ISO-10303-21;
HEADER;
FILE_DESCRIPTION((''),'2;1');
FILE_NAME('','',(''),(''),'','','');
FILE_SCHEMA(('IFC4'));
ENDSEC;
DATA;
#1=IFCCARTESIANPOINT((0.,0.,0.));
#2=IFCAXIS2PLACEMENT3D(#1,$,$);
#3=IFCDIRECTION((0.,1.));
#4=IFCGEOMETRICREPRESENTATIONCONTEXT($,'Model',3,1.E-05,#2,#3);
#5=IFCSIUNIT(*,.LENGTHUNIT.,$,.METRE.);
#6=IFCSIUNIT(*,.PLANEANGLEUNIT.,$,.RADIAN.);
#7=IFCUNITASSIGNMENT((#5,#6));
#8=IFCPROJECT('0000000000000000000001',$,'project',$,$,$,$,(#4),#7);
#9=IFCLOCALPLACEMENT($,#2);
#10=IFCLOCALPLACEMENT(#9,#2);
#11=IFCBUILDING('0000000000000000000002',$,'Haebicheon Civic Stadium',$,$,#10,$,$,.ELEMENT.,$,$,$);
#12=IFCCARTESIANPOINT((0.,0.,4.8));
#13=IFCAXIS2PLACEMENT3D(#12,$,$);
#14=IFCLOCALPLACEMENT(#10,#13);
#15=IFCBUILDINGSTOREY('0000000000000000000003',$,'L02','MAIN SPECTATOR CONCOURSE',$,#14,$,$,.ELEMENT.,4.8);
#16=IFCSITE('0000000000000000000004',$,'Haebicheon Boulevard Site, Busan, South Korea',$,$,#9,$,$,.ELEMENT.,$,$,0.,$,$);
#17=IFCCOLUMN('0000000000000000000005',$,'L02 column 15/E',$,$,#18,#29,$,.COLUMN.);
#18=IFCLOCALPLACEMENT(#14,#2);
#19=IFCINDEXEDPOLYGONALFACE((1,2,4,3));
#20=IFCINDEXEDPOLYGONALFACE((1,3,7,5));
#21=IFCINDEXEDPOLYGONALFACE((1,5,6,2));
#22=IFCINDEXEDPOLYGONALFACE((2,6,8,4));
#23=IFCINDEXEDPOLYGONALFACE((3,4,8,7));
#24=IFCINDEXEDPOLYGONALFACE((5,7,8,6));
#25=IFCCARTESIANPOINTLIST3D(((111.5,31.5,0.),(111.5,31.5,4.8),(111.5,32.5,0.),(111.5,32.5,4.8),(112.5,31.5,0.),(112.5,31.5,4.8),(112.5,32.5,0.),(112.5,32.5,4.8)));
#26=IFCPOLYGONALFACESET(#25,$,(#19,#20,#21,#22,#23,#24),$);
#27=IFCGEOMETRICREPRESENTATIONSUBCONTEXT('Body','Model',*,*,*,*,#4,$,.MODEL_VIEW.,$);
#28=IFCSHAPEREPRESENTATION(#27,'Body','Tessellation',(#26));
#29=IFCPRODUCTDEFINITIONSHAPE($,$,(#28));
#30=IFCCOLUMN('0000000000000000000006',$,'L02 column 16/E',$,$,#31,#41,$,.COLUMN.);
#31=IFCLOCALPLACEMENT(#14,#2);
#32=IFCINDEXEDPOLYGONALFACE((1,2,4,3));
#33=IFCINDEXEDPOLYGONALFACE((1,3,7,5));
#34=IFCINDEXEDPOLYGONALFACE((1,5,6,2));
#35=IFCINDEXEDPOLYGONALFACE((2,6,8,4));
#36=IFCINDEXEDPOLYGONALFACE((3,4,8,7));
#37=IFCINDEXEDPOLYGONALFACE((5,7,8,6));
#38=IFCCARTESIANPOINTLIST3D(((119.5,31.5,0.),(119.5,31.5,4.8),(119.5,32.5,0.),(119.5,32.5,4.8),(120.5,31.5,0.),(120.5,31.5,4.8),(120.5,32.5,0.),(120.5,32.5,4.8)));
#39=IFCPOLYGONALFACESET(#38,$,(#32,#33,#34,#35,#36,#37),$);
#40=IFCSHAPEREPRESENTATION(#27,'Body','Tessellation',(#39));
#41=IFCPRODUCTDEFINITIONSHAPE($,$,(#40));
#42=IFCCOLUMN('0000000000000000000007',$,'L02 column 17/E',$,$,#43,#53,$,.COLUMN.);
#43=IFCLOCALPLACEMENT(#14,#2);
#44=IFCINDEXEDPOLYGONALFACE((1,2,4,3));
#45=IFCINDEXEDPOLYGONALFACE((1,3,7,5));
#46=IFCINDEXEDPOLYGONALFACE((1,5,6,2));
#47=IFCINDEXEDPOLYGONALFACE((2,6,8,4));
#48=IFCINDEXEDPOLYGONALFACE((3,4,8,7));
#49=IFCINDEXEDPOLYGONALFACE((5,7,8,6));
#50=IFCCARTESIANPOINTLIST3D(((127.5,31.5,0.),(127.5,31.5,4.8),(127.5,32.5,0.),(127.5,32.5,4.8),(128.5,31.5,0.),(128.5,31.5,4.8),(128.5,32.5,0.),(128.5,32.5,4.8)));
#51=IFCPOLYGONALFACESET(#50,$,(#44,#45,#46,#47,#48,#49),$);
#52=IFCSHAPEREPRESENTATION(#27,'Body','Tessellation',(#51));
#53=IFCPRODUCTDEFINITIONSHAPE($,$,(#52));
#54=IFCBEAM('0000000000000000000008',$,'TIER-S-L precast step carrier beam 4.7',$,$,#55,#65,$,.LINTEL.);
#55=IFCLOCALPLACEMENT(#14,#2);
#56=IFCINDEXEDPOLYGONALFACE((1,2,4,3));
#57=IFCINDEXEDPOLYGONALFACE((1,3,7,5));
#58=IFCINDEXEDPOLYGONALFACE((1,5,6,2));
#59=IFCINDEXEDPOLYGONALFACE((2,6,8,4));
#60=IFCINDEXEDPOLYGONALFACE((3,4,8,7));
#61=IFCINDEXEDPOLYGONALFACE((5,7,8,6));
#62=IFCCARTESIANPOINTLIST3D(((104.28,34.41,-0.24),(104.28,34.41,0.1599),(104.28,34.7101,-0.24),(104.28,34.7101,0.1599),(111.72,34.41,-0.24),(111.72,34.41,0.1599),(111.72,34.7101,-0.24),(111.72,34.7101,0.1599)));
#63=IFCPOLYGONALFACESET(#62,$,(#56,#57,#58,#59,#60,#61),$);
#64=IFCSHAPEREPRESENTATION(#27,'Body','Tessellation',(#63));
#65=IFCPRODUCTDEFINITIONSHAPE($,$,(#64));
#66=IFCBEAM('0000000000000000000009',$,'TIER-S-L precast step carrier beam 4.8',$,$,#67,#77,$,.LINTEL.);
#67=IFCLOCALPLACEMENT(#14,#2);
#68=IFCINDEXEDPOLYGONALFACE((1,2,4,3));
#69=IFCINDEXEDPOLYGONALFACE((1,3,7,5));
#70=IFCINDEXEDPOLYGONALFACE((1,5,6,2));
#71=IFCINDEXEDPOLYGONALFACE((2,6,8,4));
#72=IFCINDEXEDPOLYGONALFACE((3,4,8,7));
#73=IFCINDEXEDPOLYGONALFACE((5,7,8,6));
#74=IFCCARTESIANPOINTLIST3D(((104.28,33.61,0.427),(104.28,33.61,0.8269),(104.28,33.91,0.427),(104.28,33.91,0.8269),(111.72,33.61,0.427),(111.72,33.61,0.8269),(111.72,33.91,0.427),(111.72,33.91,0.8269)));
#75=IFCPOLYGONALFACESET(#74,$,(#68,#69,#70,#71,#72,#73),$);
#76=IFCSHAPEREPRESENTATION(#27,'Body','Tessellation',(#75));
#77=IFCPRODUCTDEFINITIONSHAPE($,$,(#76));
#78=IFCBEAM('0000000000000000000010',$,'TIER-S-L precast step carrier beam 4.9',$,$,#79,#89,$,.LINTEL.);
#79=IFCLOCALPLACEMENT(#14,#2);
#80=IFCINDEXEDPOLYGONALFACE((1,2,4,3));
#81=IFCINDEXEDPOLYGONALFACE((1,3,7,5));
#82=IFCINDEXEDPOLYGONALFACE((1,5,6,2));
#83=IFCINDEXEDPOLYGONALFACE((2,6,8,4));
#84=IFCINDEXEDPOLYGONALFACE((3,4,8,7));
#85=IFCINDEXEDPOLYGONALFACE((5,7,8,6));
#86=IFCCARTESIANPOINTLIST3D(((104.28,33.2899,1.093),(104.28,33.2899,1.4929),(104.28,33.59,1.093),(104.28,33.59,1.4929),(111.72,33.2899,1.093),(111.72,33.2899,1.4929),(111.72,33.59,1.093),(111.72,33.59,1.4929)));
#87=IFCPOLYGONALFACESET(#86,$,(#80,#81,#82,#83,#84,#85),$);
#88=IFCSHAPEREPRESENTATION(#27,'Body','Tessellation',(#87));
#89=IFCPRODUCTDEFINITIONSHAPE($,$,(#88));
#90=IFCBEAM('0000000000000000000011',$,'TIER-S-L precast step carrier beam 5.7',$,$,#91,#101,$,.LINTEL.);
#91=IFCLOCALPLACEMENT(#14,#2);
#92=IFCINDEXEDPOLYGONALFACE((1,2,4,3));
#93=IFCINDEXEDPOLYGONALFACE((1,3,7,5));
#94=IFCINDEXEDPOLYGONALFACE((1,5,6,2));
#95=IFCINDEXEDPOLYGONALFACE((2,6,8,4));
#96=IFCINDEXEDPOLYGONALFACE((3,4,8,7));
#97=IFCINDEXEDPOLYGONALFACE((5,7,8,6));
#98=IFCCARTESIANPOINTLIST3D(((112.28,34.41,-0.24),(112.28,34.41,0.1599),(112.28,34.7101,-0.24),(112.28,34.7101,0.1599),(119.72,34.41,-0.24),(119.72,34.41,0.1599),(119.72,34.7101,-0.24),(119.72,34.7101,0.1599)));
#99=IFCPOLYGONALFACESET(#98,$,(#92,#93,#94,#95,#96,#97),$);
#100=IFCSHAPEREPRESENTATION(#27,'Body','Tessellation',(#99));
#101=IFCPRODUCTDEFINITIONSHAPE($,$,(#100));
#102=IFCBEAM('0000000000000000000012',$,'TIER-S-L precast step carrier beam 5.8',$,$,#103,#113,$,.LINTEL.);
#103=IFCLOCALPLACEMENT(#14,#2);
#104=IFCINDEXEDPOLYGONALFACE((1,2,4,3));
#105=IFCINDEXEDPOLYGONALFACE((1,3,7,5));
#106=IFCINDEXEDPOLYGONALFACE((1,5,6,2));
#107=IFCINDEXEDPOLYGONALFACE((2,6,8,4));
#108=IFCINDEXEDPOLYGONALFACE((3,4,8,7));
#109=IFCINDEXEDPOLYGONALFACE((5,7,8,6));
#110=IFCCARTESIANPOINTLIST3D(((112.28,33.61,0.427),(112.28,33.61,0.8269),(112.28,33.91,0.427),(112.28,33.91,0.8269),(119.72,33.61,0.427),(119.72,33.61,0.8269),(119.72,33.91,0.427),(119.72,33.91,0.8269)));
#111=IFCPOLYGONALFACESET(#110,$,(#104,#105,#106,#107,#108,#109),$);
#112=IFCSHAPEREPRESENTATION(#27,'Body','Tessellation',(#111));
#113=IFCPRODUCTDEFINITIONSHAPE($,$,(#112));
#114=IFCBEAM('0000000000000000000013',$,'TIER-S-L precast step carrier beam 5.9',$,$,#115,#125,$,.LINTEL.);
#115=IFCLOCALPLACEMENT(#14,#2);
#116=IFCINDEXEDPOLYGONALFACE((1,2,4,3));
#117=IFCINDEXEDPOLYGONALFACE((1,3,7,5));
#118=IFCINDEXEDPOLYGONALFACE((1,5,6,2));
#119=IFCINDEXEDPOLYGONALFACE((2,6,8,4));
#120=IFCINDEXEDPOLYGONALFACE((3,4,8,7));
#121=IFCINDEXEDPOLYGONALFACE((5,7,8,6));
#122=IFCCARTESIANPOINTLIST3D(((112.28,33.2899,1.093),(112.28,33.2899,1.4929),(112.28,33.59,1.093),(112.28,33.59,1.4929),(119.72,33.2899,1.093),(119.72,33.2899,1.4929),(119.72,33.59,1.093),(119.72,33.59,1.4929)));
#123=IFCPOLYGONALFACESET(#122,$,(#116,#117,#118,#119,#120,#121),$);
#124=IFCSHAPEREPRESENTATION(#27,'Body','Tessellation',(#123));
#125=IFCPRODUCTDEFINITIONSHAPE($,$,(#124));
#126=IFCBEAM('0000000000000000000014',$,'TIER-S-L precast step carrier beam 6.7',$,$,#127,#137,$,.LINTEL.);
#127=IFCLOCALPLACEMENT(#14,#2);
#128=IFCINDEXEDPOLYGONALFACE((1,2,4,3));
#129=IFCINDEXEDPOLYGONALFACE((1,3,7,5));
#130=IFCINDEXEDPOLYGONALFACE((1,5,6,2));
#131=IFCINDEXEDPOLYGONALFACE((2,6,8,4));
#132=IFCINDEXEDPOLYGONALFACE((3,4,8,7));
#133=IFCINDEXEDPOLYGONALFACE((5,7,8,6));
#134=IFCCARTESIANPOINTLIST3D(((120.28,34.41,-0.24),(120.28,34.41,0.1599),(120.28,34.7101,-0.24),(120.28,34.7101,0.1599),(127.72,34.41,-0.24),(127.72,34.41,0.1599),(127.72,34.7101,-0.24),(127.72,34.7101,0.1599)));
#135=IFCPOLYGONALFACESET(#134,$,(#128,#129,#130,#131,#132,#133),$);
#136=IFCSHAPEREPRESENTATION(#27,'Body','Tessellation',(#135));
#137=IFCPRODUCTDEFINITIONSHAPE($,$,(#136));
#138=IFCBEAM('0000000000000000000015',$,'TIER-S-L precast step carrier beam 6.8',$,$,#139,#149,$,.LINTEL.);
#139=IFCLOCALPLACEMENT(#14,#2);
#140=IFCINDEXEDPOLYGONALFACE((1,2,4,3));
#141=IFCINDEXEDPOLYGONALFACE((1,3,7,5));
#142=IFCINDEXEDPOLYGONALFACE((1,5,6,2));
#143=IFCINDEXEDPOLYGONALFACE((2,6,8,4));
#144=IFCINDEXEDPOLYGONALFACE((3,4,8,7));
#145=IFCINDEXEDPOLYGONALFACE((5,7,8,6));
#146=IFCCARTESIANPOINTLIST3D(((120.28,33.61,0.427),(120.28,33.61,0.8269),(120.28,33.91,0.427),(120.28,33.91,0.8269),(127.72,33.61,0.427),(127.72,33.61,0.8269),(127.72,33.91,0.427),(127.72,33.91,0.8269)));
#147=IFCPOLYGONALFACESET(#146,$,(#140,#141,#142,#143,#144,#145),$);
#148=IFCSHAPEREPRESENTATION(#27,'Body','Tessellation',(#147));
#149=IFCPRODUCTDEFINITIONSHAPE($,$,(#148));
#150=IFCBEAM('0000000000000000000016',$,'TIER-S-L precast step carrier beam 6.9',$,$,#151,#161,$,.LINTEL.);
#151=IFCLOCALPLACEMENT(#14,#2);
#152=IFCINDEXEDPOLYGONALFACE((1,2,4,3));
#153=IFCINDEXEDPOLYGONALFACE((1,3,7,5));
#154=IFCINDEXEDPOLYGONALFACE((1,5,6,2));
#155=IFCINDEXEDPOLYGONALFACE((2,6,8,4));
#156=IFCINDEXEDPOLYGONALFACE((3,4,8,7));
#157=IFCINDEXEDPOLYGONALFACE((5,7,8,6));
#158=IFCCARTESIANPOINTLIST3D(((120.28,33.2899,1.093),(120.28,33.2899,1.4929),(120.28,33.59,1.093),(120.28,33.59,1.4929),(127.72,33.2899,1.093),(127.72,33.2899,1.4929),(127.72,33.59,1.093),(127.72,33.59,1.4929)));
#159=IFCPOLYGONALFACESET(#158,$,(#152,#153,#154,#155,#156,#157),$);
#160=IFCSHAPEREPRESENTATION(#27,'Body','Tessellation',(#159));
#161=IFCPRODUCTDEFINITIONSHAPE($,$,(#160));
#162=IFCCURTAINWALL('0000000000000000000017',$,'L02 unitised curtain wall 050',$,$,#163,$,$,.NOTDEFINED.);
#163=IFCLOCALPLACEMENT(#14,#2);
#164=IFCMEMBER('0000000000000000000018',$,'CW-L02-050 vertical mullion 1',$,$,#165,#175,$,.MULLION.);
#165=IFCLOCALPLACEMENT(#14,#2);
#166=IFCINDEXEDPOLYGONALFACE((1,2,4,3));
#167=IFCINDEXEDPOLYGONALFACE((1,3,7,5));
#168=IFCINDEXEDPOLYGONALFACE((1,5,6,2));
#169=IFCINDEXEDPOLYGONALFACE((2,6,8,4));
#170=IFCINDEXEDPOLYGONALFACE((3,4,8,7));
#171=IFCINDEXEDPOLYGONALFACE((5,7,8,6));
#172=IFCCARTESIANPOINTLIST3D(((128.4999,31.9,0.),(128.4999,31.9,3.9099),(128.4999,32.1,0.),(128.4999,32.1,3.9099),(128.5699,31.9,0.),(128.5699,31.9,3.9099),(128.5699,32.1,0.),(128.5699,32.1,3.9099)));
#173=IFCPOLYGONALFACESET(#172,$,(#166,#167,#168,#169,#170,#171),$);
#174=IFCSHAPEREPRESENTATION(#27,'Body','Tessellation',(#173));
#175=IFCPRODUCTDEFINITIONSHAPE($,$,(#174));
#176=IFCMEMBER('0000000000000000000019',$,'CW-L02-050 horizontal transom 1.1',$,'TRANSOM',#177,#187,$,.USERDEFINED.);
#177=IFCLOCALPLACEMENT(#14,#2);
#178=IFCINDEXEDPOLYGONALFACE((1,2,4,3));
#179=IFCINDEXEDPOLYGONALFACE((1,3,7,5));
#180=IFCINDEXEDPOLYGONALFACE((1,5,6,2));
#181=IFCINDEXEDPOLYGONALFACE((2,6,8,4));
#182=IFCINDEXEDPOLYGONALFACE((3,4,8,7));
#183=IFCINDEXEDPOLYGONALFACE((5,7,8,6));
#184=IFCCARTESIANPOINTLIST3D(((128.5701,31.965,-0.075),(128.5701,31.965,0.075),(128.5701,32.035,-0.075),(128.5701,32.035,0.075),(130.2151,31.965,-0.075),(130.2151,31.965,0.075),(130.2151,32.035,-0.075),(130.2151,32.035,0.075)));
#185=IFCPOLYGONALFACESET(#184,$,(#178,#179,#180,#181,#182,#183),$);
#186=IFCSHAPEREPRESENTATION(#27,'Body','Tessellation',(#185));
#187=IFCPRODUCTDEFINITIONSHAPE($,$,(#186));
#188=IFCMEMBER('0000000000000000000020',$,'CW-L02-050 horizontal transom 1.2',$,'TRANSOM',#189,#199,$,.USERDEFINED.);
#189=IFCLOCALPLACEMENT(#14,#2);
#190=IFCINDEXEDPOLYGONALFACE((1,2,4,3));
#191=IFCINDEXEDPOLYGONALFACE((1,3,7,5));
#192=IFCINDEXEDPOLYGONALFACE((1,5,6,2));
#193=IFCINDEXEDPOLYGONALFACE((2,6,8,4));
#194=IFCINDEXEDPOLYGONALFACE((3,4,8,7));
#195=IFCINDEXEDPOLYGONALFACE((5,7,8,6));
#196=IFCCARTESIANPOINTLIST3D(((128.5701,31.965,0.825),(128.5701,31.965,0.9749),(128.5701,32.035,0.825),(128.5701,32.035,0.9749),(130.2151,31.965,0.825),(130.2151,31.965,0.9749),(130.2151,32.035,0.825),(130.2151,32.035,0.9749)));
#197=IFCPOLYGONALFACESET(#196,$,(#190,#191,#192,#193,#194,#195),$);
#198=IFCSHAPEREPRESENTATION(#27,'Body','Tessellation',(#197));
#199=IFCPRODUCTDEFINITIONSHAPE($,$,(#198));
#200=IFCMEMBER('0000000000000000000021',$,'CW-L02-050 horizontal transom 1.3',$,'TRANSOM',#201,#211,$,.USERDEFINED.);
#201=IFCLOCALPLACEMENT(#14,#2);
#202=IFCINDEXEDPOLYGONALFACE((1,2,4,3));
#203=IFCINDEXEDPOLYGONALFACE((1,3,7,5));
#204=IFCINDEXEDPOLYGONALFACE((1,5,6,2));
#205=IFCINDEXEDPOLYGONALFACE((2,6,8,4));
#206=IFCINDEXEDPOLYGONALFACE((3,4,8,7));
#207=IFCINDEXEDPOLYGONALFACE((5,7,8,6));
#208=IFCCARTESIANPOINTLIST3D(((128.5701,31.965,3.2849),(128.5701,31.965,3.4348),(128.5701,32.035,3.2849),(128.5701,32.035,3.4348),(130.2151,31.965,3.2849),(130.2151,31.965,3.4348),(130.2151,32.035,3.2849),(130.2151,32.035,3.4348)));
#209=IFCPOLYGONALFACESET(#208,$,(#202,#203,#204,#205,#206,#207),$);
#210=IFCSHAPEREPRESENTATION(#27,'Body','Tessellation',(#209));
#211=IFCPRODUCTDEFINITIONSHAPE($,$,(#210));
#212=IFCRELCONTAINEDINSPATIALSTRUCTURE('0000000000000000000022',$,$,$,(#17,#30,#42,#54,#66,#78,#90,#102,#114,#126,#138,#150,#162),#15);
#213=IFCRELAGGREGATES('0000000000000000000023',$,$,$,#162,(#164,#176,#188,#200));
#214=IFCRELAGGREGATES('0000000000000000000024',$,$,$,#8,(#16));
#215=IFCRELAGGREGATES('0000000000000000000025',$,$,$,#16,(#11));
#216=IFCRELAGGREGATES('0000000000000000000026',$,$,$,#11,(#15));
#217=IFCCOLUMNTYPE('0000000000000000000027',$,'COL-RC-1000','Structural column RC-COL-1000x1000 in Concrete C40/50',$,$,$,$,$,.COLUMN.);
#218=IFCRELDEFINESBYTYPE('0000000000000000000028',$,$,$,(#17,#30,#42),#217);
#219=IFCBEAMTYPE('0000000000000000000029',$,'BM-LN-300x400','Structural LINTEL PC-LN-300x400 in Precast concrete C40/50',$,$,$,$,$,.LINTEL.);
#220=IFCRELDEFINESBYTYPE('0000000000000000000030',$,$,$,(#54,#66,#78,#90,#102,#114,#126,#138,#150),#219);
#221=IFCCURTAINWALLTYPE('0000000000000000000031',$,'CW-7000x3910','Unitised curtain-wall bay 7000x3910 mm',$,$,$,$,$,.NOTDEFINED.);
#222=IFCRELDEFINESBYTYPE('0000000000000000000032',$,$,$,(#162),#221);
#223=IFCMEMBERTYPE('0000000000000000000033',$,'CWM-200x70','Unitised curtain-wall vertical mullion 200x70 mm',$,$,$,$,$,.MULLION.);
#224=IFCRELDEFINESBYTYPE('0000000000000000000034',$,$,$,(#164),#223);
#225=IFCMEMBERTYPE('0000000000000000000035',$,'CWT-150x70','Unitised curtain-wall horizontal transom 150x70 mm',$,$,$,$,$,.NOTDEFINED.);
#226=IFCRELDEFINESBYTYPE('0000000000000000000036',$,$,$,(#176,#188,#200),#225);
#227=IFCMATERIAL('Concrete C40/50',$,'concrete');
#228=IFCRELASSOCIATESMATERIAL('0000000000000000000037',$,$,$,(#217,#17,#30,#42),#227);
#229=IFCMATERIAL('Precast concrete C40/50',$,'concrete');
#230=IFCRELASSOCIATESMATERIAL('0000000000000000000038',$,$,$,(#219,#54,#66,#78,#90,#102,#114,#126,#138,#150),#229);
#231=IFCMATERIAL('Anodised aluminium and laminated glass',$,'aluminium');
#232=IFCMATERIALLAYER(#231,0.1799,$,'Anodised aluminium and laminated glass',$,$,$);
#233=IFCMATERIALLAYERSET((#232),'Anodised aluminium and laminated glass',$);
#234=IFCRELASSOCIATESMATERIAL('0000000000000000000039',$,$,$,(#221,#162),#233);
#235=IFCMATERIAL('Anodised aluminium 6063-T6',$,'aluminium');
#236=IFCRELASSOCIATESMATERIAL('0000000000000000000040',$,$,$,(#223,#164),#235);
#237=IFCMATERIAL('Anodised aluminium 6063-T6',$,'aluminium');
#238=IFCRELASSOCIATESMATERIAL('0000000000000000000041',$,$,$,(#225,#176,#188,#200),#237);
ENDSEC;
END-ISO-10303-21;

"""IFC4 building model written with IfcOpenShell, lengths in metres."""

from ifc_helpers import new_model, si_unit, direction, frame, origin, origin_2d, place, context, subcontext, project, spatial, rectangle, extrude, material, layer, layer_set, material_profile, profile_set, type_object, element, aggregate, save


model = new_model("IFC4")

# Units and contexts
model_context = context("Model", 3, precision=1e-05, world=origin(), true_north=direction((0.0, 1.0)))
body_context = subcontext(model_context, "Body", "Model", "MODEL_VIEW")
ifc_project = project(units=[si_unit("LENGTHUNIT", "METRE"), si_unit("PLANEANGLEUNIT", "RADIAN")], contexts=[model_context])

# Site, building, storey
site_placement = place(None, origin())
site = spatial("IfcSite", under=ifc_project, at=site_placement, Name="Haebicheon Boulevard Site, Busan, South Korea", CompositionType="ELEMENT", RefElevation=0.0)
building_placement = place(site_placement, origin())
building = spatial("IfcBuilding", under=site, at=building_placement, Name="Haebicheon Civic Stadium", CompositionType="ELEMENT")
storey_placement = place(building_placement, frame((0.0, 0.0, 4.8)))
storey = spatial("IfcBuildingStorey", under=building, at=storey_placement, Name="L02", Description="MAIN SPECTATOR CONCOURSE", CompositionType="ELEMENT", Elevation=4.8)

# Columns
ifc_material_1 = material(Name="Concrete C40/50", Category="concrete")
ifc_material_profile_1 = material_profile(ifc_material_1, rectangle(XDim=1.0, YDim=1.0, at=origin_2d()), Name="RC-COL-1000x1000")
ifc_profile_set_1 = profile_set([ifc_material_profile_1], Name="Concrete C40/50")
column_type = type_object("IfcColumnType", Name="COL-RC-1000", Description="Structural column RC-COL-1000x1000 in Concrete C40/50", PredefinedType="COLUMN", material=ifc_profile_set_1)
for number, where, z_axis, x_axis, name in (
    (1, (112.0, 32.0, 0.0), (0.0, 0.0, 1.0), (1.0, 0.0, 0.0), "L02 column 15/E"),
    (2, (120.0, 32.0, 0.0), (0.0, 0.0, 1.0), (1.0, 0.0, 0.0), "L02 column 16/E"),
    (3, (128.0, 32.0, 0.0), (0.0, 0.0, 1.0), (1.0, 0.0, 0.0), "L02 column 17/E"),
):
    element("IfcColumn", number, at=place(storey_placement, frame(where, z_axis=z_axis, x_axis=x_axis)), inside=storey, type_object=column_type, material=ifc_profile_set_1, Name=name, PredefinedType="COLUMN", context=body_context, shape_type="SweptSolid", body=[
        extrude(rectangle(XDim=1.0, YDim=1.0, at=origin_2d()), origin(), (0.0, 0.0, 1.0), 4.8),
    ])

# Beams
ifc_material_2 = material(Name="Precast concrete C40/50", Category="concrete")
ifc_material_profile_2 = material_profile(ifc_material_2, rectangle(XDim=0.3, YDim=0.3999, at=origin_2d()), Name="PC-LN-300x400")
ifc_profile_set_2 = profile_set([ifc_material_profile_2], Name="Precast concrete C40/50")
beam_type_1 = type_object("IfcBeamType", Name="BM-LN-300x400", Description="Structural LINTEL PC-LN-300x400 in Precast concrete C40/50", PredefinedType="LINTEL", material=ifc_profile_set_2)
for number, where, z_axis, x_axis, name in (
    (4, (104.28, 34.5601, -0.04), (1.0, 0.0, 0.0), (0.0, 1.0, 0.0), "TIER-S-L precast step carrier beam 4.7"),
    (5, (104.28, 33.76, 0.627), (1.0, 0.0, 0.0), (0.0, 1.0, 0.0), "TIER-S-L precast step carrier beam 4.8"),
    (6, (104.28, 33.4399, 1.293), (1.0, 0.0, 0.0), (0.0, 1.0, 0.0), "TIER-S-L precast step carrier beam 4.9"),
    (7, (112.28, 34.5601, -0.04), (1.0, 0.0, 0.0), (0.0, 1.0, 0.0), "TIER-S-L precast step carrier beam 5.7"),
    (8, (112.28, 33.76, 0.627), (1.0, 0.0, 0.0), (0.0, 1.0, 0.0), "TIER-S-L precast step carrier beam 5.8"),
    (9, (112.28, 33.4399, 1.293), (1.0, 0.0, 0.0), (0.0, 1.0, 0.0), "TIER-S-L precast step carrier beam 5.9"),
    (10, (120.28, 34.5601, -0.04), (1.0, 0.0, 0.0), (0.0, 1.0, 0.0), "TIER-S-L precast step carrier beam 6.7"),
    (11, (120.28, 33.76, 0.627), (1.0, 0.0, 0.0), (0.0, 1.0, 0.0), "TIER-S-L precast step carrier beam 6.8"),
    (12, (120.28, 33.4399, 1.293), (1.0, 0.0, 0.0), (0.0, 1.0, 0.0), "TIER-S-L precast step carrier beam 6.9"),
):
    element("IfcBeam", number, at=place(storey_placement, frame(where, z_axis=z_axis, x_axis=x_axis)), inside=storey, type_object=beam_type_1, material=ifc_profile_set_2, Name=name, PredefinedType="LINTEL", context=body_context, shape_type="SweptSolid", body=[
        extrude(rectangle(XDim=0.3, YDim=0.3999, at=origin_2d()), origin(), (0.0, 0.0, 1.0), 7.4399),
    ])

# Curtain wall, members
ifc_material_3 = material(Name="Anodised aluminium and laminated glass", Category="aluminium")
ifc_layer_1 = layer(ifc_material_3, 0.1799, Name="Anodised aluminium and laminated glass")
ifc_layer_set_1 = layer_set([ifc_layer_1], Name="Anodised aluminium and laminated glass")
curtain_wall_type = type_object("IfcCurtainWallType", Name="CW-7000x3910", Description="Unitised curtain-wall bay 7000x3910 mm", PredefinedType="NOTDEFINED", material=ifc_layer_set_1)
curtain_wall_placement = place(storey_placement, origin())
curtain_wall = element("IfcCurtainWall", 13, at=curtain_wall_placement, inside=storey, type_object=curtain_wall_type, material=ifc_layer_set_1, Name="L02 unitised curtain wall 050", PredefinedType="NOTDEFINED")
ifc_material_4 = material(Name="Anodised aluminium 6063-T6", Category="aluminium")
ifc_material_profile_3 = material_profile(ifc_material_4, rectangle(XDim=0.0701, YDim=0.2, at=origin_2d()), Name="ALU-MULL-70x200")
ifc_profile_set_3 = profile_set([ifc_material_profile_3], Name="Anodised aluminium 6063-T6")
member_type_1 = type_object("IfcMemberType", Name="CWM-200x70", Description="Unitised curtain-wall vertical mullion 200x70 mm", PredefinedType="MULLION", material=ifc_profile_set_3)
member_1_placement = place(storey_placement, frame((128.5349, 32.0, 0.0), z_axis=(0.0, 0.0, 1.0), x_axis=(1.0, 0.0, 0.0)))
member_1 = element("IfcMember", 14, at=member_1_placement, type_object=member_type_1, material=ifc_profile_set_3, Name="CW-L02-050 vertical mullion 1", PredefinedType="MULLION", context=body_context, shape_type="SweptSolid", body=[
    extrude(rectangle(XDim=0.0701, YDim=0.2, at=origin_2d()), origin(), (0.0, 0.0, 1.0), 3.9099),
])
ifc_material_5 = material(Name="Anodised aluminium 6063-T6", Category="aluminium")
ifc_material_profile_4 = material_profile(ifc_material_5, rectangle(XDim=0.0701, YDim=0.1499, at=origin_2d()), Name="ALU-TRAN-70x150")
ifc_profile_set_4 = profile_set([ifc_material_profile_4], Name="Anodised aluminium 6063-T6")
member_type_2 = type_object("IfcMemberType", Name="CWT-150x70", Description="Unitised curtain-wall horizontal transom 150x70 mm", PredefinedType="NOTDEFINED", material=ifc_profile_set_4)
member_2_placement = place(storey_placement, frame((128.5701, 32.0, 0.0), z_axis=(1.0, 0.0, 0.0), x_axis=(0.0, 1.0, 0.0)))
member_2 = element("IfcMember", 15, at=member_2_placement, type_object=member_type_2, material=ifc_profile_set_4, Name="CW-L02-050 horizontal transom 1.1", ObjectType="TRANSOM", PredefinedType="USERDEFINED", context=body_context, shape_type="SweptSolid", body=[
    extrude(rectangle(XDim=0.0701, YDim=0.1499, at=origin_2d()), origin(), (0.0, 0.0, 1.0), 1.645),
])
member_3_placement = place(storey_placement, frame((128.5701, 32.0, 0.8999), z_axis=(1.0, 0.0, 0.0), x_axis=(0.0, 1.0, 0.0)))
member_3 = element("IfcMember", 16, at=member_3_placement, type_object=member_type_2, material=ifc_profile_set_4, Name="CW-L02-050 horizontal transom 1.2", ObjectType="TRANSOM", PredefinedType="USERDEFINED", context=body_context, shape_type="SweptSolid", body=[
    extrude(rectangle(XDim=0.0701, YDim=0.1499, at=origin_2d()), origin(), (0.0, 0.0, 1.0), 1.645),
])
member_4_placement = place(storey_placement, frame((128.5701, 32.0, 3.3599), z_axis=(1.0, 0.0, 0.0), x_axis=(0.0, 1.0, 0.0)))
member_4 = element("IfcMember", 17, at=member_4_placement, type_object=member_type_2, material=ifc_profile_set_4, Name="CW-L02-050 horizontal transom 1.3", ObjectType="TRANSOM", PredefinedType="USERDEFINED", context=body_context, shape_type="SweptSolid", body=[
    extrude(rectangle(XDim=0.0701, YDim=0.1499, at=origin_2d()), origin(), (0.0, 0.0, 1.0), 1.645),
])

aggregate(curtain_wall, [member_1, member_2, member_3, member_4])

save(model, "model.ifc")
